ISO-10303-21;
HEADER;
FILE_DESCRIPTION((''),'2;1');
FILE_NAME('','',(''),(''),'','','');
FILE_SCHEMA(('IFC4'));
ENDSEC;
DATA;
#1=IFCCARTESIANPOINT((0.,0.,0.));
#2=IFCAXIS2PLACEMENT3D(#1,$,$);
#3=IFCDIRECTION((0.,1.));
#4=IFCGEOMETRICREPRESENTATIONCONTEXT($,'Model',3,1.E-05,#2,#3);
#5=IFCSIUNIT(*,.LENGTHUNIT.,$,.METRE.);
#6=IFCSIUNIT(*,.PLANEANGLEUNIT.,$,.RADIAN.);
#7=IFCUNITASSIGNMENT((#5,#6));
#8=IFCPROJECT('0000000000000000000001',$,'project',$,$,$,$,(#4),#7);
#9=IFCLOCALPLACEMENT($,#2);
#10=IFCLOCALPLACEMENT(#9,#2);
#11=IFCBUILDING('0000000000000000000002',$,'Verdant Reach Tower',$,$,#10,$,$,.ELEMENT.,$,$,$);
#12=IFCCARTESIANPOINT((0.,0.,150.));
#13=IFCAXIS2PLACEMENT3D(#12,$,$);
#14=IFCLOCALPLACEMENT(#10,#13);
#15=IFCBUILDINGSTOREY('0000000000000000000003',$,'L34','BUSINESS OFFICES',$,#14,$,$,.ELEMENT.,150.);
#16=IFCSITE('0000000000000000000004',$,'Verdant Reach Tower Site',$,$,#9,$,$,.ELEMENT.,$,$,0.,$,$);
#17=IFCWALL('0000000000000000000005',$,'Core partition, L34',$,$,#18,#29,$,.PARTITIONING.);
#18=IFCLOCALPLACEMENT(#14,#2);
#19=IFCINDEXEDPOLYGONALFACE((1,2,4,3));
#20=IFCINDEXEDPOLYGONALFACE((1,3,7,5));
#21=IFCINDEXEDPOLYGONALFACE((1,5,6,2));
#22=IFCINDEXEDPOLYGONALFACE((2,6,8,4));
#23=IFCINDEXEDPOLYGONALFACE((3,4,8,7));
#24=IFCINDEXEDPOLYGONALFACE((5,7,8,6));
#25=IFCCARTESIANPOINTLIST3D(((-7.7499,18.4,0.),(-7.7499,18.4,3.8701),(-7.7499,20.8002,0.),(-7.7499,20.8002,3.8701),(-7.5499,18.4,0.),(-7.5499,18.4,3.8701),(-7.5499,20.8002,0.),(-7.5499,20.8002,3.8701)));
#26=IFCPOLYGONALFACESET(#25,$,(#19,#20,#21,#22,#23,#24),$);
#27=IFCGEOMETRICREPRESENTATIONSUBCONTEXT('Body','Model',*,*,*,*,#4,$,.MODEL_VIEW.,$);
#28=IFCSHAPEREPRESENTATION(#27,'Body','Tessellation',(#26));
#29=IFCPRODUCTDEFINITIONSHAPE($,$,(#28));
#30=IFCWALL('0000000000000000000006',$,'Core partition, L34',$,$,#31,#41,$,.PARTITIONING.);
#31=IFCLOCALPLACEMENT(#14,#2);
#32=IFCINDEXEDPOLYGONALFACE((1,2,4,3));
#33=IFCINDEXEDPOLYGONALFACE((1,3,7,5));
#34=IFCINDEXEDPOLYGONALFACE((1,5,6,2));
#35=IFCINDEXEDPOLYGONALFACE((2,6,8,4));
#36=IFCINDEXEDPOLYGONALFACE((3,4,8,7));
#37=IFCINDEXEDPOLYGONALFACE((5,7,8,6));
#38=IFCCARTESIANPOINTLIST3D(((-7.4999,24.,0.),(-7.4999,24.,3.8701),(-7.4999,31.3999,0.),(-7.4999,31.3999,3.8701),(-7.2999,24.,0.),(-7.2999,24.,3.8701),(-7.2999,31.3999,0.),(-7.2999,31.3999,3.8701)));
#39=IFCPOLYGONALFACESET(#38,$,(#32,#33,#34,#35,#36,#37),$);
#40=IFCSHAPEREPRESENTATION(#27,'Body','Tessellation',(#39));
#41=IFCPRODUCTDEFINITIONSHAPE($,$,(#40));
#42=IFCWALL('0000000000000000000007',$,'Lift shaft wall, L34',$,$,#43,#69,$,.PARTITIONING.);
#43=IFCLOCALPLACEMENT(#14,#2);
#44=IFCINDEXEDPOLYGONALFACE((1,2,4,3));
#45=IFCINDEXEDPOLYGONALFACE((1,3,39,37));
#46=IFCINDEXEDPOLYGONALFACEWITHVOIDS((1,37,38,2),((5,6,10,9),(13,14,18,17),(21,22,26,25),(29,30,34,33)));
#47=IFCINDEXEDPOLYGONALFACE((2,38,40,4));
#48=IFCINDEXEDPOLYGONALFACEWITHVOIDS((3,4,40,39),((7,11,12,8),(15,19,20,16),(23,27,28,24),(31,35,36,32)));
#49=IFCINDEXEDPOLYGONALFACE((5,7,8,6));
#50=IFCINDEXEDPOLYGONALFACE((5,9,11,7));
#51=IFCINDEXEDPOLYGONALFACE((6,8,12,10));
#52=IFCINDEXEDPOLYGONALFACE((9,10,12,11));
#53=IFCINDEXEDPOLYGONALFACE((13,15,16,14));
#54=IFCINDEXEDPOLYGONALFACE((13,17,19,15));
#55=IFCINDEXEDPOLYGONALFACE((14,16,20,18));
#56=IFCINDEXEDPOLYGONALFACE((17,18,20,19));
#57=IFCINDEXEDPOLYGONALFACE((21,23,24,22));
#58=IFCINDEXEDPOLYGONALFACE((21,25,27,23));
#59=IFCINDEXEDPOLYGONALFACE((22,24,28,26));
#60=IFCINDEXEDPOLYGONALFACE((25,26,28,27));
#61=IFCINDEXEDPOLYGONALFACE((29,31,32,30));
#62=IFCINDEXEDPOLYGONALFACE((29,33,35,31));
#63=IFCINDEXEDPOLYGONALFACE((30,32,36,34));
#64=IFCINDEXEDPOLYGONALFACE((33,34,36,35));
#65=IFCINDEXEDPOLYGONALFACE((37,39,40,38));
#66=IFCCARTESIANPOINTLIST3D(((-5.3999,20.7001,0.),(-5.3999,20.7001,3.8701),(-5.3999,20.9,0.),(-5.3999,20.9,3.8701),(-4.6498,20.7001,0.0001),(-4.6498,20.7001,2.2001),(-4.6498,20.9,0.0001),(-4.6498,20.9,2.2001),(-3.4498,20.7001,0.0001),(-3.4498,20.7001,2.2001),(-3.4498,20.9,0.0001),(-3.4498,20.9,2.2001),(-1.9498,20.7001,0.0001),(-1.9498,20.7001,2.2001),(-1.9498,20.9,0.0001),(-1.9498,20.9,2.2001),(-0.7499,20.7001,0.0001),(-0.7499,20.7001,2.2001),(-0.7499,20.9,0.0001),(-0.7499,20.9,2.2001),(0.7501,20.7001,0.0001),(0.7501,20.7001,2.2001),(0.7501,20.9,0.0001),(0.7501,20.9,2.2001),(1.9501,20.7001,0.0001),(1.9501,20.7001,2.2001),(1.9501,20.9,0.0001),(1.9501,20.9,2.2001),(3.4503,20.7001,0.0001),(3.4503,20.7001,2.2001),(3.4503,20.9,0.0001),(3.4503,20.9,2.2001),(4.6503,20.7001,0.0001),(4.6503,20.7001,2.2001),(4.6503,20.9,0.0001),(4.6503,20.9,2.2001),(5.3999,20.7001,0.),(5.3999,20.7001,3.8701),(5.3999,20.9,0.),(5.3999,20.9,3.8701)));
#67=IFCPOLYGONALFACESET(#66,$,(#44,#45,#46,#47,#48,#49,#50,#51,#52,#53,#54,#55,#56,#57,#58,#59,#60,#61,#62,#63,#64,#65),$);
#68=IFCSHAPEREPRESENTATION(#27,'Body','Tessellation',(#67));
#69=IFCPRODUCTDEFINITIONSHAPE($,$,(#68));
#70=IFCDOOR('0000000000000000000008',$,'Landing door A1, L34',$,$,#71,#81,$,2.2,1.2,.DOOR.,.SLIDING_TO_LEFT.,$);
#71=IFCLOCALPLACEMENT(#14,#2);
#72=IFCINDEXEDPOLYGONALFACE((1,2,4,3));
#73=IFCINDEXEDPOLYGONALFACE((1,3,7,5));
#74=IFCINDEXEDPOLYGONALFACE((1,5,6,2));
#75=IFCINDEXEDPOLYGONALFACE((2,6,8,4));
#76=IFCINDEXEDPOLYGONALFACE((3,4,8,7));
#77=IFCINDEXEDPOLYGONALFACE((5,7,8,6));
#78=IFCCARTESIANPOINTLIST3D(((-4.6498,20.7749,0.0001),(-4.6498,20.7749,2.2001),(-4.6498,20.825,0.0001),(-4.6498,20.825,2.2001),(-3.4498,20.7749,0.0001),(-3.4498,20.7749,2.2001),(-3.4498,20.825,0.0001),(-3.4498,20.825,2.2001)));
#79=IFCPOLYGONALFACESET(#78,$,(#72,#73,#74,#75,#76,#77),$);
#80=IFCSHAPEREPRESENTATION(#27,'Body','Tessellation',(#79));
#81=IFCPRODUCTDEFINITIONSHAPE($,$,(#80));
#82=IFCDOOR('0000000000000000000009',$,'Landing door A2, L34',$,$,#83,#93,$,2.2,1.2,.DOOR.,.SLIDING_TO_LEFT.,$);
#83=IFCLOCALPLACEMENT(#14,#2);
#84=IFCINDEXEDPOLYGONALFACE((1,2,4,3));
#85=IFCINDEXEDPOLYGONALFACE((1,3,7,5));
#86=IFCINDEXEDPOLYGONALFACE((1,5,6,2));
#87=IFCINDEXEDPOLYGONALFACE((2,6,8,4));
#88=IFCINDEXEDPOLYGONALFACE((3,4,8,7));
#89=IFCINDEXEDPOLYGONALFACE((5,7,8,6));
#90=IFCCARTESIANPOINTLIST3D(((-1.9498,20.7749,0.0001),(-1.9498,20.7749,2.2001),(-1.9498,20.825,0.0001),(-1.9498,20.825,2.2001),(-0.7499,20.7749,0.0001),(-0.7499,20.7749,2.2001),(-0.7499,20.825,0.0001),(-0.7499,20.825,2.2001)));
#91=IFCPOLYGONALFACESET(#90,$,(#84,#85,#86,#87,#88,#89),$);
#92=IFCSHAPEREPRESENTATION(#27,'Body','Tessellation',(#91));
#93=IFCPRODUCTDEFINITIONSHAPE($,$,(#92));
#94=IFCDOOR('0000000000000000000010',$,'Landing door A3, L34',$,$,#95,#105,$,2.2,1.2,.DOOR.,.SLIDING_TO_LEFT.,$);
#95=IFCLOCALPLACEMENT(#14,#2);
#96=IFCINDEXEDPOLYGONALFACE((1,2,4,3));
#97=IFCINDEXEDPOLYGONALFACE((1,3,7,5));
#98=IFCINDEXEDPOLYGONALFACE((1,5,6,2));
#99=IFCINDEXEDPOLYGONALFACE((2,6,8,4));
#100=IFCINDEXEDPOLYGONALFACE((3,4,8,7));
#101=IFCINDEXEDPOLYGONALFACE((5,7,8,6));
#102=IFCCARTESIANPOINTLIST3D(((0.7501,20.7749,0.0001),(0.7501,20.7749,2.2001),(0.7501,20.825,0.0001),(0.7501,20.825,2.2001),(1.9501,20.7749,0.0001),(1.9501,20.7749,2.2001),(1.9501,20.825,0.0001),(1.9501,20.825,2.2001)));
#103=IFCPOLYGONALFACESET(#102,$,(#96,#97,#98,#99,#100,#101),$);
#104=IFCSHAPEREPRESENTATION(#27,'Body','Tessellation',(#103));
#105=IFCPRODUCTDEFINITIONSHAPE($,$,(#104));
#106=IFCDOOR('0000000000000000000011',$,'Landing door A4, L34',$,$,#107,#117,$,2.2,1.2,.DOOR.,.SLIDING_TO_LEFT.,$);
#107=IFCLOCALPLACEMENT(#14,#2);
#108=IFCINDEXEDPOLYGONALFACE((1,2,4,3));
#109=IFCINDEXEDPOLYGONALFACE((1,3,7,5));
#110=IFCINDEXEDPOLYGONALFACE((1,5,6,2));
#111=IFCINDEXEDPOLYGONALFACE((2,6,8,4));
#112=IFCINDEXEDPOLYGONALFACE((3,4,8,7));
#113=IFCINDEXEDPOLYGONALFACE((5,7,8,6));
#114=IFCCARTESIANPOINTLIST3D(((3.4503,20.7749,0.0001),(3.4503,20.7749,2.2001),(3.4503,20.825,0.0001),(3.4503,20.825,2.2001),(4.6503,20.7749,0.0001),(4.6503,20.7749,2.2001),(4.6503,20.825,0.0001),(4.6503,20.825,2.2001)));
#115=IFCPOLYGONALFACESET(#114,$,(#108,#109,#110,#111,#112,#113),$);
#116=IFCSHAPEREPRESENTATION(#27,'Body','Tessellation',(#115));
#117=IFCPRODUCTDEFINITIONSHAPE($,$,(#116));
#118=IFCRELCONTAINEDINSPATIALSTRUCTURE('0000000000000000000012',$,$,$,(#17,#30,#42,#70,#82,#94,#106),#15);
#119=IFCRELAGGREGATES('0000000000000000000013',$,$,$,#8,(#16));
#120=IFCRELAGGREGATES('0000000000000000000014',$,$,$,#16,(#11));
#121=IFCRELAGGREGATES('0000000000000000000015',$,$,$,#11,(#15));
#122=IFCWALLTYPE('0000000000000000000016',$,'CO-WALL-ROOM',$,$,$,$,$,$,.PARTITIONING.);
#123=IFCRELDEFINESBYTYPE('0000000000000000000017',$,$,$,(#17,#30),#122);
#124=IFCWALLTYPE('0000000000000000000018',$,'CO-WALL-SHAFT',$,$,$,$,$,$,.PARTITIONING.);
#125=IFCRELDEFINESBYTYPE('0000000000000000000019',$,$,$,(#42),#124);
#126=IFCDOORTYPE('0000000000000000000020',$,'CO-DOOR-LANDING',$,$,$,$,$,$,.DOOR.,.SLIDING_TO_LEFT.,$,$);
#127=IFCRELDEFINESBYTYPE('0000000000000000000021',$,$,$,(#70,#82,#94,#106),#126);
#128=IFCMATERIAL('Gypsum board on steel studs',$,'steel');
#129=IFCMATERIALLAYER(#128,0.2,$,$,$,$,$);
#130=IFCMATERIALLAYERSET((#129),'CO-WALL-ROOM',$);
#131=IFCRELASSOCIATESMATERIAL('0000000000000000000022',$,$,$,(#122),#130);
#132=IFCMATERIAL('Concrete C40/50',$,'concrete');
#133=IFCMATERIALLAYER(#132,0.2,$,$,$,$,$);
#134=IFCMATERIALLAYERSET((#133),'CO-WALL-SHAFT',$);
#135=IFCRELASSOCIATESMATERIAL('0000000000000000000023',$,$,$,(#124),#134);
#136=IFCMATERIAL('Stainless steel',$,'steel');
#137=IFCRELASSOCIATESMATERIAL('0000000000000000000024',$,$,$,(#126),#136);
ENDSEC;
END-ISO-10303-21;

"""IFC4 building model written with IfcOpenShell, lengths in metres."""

from ifc_helpers import new_model, si_unit, direction, frame, frame_2d, origin, place, context, subcontext, project, spatial, rectangle, extrude, material, layer, layer_set, type_object, element, fill, save


model = new_model("IFC4")

# Units and contexts
model_context = context("Model", 3, precision=1e-05, world=origin(), true_north=direction((0.0, 1.0)))
body_context = subcontext(model_context, "Body", "Model", "MODEL_VIEW")
ifc_project = project(units=[si_unit("LENGTHUNIT", "METRE"), si_unit("PLANEANGLEUNIT", "RADIAN")], contexts=[model_context])

# Site, building, storey
site_placement = place(None, origin())
site = spatial("IfcSite", under=ifc_project, at=site_placement, Name="Verdant Reach Tower Site", CompositionType="ELEMENT", RefElevation=0.0)
building_placement = place(site_placement, origin())
building = spatial("IfcBuilding", under=site, at=building_placement, Name="Verdant Reach Tower", CompositionType="ELEMENT")
storey_placement = place(building_placement, frame((0.0, 0.0, 150.0)))
storey = spatial("IfcBuildingStorey", under=building, at=storey_placement, Name="L34", Description="BUSINESS OFFICES", CompositionType="ELEMENT", Elevation=150.0)

# Walls
ifc_material_1 = material(Name="Gypsum board on steel studs", Category="steel")
ifc_layer_1 = layer(ifc_material_1, 0.2)
ifc_layer_set_1 = layer_set([ifc_layer_1], Name="CO-WALL-ROOM")
wall_type_1 = type_object("IfcWallType", Name="CO-WALL-ROOM", PredefinedType="PARTITIONING", material=ifc_layer_set_1)
wall_1_placement = place(storey_placement, frame((-7.6499, 18.3999, 0.0), z_axis=(0.0, 0.0, 1.0), x_axis=(0.0, 1.0, 0.0)))
element("IfcWall", 1, at=wall_1_placement, inside=storey, type_object=wall_type_1, Name="Core partition, L34", PredefinedType="PARTITIONING", context=body_context, shape_type="SweptSolid", body=[
    extrude(rectangle(XDim=2.4001, YDim=0.2, at=frame_2d((1.2002, 0.0))), origin(), (0.0, 0.0, 1.0), 3.8701),
])
wall_2_placement = place(storey_placement, frame((-7.3999, 24.0, 0.0), z_axis=(0.0, 0.0, 1.0), x_axis=(0.0, 1.0, 0.0)))
element("IfcWall", 2, at=wall_2_placement, inside=storey, type_object=wall_type_1, Name="Core partition, L34", PredefinedType="PARTITIONING", context=body_context, shape_type="SweptSolid", body=[
    extrude(rectangle(XDim=7.3999, YDim=0.2, at=frame_2d((3.7, 0.0))), origin(), (0.0, 0.0, 1.0), 3.8701),
])

# Wall, openings, doors
ifc_material_2 = material(Name="Concrete C40/50", Category="concrete")
ifc_layer_2 = layer(ifc_material_2, 0.2)
ifc_layer_set_2 = layer_set([ifc_layer_2], Name="CO-WALL-SHAFT")
wall_type_2 = type_object("IfcWallType", Name="CO-WALL-SHAFT", PredefinedType="PARTITIONING", material=ifc_layer_set_2)
wall_3_placement = place(storey_placement, frame((-5.3999, 20.8, 0.0), z_axis=(0.0, 0.0, 1.0), x_axis=(1.0, 0.0, 0.0)))
wall_3 = element("IfcWall", 3, at=wall_3_placement, inside=storey, type_object=wall_type_2, Name="Lift shaft wall, L34", PredefinedType="PARTITIONING", context=body_context, shape_type="SweptSolid", body=[
    extrude(rectangle(XDim=10.7998, YDim=0.2, at=frame_2d((5.3999, 0.0))), origin(), (0.0, 0.0, 1.0), 3.8701),
])
opening_1_placement = place(wall_3_placement, frame((0.75, 0.0, 0.0)))
opening_1 = element("IfcOpeningElement", 4, at=opening_1_placement, cuts=wall_3, PredefinedType="OPENING", context=body_context, shape_type="SweptSolid", body=[
    extrude(rectangle(XDim=1.2, YDim=2.2, at=frame_2d((0.6001, 1.1001))), frame((0.0, 0.1099, 0.0), z_axis=(0.0, -1.0, 0.0), x_axis=(1.0, 0.0, 0.0)), (0.0, 0.0, 1.0), 0.22),
])
opening_2_placement = place(wall_3_placement, frame((3.45, 0.0, 0.0)))
opening_2 = element("IfcOpeningElement", 5, at=opening_2_placement, cuts=wall_3, PredefinedType="OPENING", context=body_context, shape_type="SweptSolid", body=[
    extrude(rectangle(XDim=1.2, YDim=2.2, at=frame_2d((0.6001, 1.1001))), frame((0.0, 0.1099, 0.0), z_axis=(0.0, -1.0, 0.0), x_axis=(1.0, 0.0, 0.0)), (0.0, 0.0, 1.0), 0.22),
])
opening_3_placement = place(wall_3_placement, frame((6.1499, 0.0, 0.0)))
opening_3 = element("IfcOpeningElement", 6, at=opening_3_placement, cuts=wall_3, PredefinedType="OPENING", context=body_context, shape_type="SweptSolid", body=[
    extrude(rectangle(XDim=1.2, YDim=2.2, at=frame_2d((0.6001, 1.1001))), frame((0.0, 0.1099, 0.0), z_axis=(0.0, -1.0, 0.0), x_axis=(1.0, 0.0, 0.0)), (0.0, 0.0, 1.0), 0.22),
])
opening_4_placement = place(wall_3_placement, frame((8.8501, 0.0, 0.0)))
opening_4 = element("IfcOpeningElement", 7, at=opening_4_placement, cuts=wall_3, PredefinedType="OPENING", context=body_context, shape_type="SweptSolid", body=[
    extrude(rectangle(XDim=1.2, YDim=2.2, at=frame_2d((0.6001, 1.1001))), frame((0.0, 0.1099, 0.0), z_axis=(0.0, -1.0, 0.0), x_axis=(1.0, 0.0, 0.0)), (0.0, 0.0, 1.0), 0.22),
])
ifc_material_3 = material(Name="Stainless steel", Category="steel")
door_type_1 = type_object("IfcDoorType", Name="CO-DOOR-LANDING", OperationType="SLIDING_TO_LEFT", PredefinedType="DOOR", material=ifc_material_3)
door_1_placement = place(opening_1_placement, origin())
door_1 = element("IfcDoor", 8, at=door_1_placement, inside=storey, type_object=door_type_1, Name="Landing door A1, L34", OperationType="SLIDING_TO_LEFT", OverallHeight=2.2, OverallWidth=1.2, PredefinedType="DOOR", context=body_context, shape_type="SweptSolid", body=[
    extrude(rectangle(XDim=1.2, YDim=2.2, at=frame_2d((0.6001, 1.1001))), frame((0.0, 0.0249, 0.0), z_axis=(0.0, -1.0, 0.0), x_axis=(1.0, 0.0, 0.0)), (0.0, 0.0, 1.0), 0.05),
])
fill(opening_1, door_1)
door_2_placement = place(opening_2_placement, origin())
door_2 = element("IfcDoor", 9, at=door_2_placement, inside=storey, type_object=door_type_1, Name="Landing door A2, L34", OperationType="SLIDING_TO_LEFT", OverallHeight=2.2, OverallWidth=1.2, PredefinedType="DOOR", context=body_context, shape_type="SweptSolid", body=[
    extrude(rectangle(XDim=1.2, YDim=2.2, at=frame_2d((0.6001, 1.1001))), frame((0.0, 0.0249, 0.0), z_axis=(0.0, -1.0, 0.0), x_axis=(1.0, 0.0, 0.0)), (0.0, 0.0, 1.0), 0.05),
])
fill(opening_2, door_2)
door_3_placement = place(opening_3_placement, origin())
door_3 = element("IfcDoor", 10, at=door_3_placement, inside=storey, type_object=door_type_1, Name="Landing door A3, L34", OperationType="SLIDING_TO_LEFT", OverallHeight=2.2, OverallWidth=1.2, PredefinedType="DOOR", context=body_context, shape_type="SweptSolid", body=[
    extrude(rectangle(XDim=1.2, YDim=2.2, at=frame_2d((0.6001, 1.1001))), frame((0.0, 0.0249, 0.0), z_axis=(0.0, -1.0, 0.0), x_axis=(1.0, 0.0, 0.0)), (0.0, 0.0, 1.0), 0.05),
])
fill(opening_3, door_3)
door_4_placement = place(opening_4_placement, origin())
door_4 = element("IfcDoor", 11, at=door_4_placement, inside=storey, type_object=door_type_1, Name="Landing door A4, L34", OperationType="SLIDING_TO_LEFT", OverallHeight=2.2, OverallWidth=1.2, PredefinedType="DOOR", context=body_context, shape_type="SweptSolid", body=[
    extrude(rectangle(XDim=1.2, YDim=2.2, at=frame_2d((0.6001, 1.1001))), frame((0.0, 0.0249, 0.0), z_axis=(0.0, -1.0, 0.0), x_axis=(1.0, 0.0, 0.0)), (0.0, 0.0, 1.0), 0.05),
])
fill(opening_4, door_4)

save(model, "model.ifc")
